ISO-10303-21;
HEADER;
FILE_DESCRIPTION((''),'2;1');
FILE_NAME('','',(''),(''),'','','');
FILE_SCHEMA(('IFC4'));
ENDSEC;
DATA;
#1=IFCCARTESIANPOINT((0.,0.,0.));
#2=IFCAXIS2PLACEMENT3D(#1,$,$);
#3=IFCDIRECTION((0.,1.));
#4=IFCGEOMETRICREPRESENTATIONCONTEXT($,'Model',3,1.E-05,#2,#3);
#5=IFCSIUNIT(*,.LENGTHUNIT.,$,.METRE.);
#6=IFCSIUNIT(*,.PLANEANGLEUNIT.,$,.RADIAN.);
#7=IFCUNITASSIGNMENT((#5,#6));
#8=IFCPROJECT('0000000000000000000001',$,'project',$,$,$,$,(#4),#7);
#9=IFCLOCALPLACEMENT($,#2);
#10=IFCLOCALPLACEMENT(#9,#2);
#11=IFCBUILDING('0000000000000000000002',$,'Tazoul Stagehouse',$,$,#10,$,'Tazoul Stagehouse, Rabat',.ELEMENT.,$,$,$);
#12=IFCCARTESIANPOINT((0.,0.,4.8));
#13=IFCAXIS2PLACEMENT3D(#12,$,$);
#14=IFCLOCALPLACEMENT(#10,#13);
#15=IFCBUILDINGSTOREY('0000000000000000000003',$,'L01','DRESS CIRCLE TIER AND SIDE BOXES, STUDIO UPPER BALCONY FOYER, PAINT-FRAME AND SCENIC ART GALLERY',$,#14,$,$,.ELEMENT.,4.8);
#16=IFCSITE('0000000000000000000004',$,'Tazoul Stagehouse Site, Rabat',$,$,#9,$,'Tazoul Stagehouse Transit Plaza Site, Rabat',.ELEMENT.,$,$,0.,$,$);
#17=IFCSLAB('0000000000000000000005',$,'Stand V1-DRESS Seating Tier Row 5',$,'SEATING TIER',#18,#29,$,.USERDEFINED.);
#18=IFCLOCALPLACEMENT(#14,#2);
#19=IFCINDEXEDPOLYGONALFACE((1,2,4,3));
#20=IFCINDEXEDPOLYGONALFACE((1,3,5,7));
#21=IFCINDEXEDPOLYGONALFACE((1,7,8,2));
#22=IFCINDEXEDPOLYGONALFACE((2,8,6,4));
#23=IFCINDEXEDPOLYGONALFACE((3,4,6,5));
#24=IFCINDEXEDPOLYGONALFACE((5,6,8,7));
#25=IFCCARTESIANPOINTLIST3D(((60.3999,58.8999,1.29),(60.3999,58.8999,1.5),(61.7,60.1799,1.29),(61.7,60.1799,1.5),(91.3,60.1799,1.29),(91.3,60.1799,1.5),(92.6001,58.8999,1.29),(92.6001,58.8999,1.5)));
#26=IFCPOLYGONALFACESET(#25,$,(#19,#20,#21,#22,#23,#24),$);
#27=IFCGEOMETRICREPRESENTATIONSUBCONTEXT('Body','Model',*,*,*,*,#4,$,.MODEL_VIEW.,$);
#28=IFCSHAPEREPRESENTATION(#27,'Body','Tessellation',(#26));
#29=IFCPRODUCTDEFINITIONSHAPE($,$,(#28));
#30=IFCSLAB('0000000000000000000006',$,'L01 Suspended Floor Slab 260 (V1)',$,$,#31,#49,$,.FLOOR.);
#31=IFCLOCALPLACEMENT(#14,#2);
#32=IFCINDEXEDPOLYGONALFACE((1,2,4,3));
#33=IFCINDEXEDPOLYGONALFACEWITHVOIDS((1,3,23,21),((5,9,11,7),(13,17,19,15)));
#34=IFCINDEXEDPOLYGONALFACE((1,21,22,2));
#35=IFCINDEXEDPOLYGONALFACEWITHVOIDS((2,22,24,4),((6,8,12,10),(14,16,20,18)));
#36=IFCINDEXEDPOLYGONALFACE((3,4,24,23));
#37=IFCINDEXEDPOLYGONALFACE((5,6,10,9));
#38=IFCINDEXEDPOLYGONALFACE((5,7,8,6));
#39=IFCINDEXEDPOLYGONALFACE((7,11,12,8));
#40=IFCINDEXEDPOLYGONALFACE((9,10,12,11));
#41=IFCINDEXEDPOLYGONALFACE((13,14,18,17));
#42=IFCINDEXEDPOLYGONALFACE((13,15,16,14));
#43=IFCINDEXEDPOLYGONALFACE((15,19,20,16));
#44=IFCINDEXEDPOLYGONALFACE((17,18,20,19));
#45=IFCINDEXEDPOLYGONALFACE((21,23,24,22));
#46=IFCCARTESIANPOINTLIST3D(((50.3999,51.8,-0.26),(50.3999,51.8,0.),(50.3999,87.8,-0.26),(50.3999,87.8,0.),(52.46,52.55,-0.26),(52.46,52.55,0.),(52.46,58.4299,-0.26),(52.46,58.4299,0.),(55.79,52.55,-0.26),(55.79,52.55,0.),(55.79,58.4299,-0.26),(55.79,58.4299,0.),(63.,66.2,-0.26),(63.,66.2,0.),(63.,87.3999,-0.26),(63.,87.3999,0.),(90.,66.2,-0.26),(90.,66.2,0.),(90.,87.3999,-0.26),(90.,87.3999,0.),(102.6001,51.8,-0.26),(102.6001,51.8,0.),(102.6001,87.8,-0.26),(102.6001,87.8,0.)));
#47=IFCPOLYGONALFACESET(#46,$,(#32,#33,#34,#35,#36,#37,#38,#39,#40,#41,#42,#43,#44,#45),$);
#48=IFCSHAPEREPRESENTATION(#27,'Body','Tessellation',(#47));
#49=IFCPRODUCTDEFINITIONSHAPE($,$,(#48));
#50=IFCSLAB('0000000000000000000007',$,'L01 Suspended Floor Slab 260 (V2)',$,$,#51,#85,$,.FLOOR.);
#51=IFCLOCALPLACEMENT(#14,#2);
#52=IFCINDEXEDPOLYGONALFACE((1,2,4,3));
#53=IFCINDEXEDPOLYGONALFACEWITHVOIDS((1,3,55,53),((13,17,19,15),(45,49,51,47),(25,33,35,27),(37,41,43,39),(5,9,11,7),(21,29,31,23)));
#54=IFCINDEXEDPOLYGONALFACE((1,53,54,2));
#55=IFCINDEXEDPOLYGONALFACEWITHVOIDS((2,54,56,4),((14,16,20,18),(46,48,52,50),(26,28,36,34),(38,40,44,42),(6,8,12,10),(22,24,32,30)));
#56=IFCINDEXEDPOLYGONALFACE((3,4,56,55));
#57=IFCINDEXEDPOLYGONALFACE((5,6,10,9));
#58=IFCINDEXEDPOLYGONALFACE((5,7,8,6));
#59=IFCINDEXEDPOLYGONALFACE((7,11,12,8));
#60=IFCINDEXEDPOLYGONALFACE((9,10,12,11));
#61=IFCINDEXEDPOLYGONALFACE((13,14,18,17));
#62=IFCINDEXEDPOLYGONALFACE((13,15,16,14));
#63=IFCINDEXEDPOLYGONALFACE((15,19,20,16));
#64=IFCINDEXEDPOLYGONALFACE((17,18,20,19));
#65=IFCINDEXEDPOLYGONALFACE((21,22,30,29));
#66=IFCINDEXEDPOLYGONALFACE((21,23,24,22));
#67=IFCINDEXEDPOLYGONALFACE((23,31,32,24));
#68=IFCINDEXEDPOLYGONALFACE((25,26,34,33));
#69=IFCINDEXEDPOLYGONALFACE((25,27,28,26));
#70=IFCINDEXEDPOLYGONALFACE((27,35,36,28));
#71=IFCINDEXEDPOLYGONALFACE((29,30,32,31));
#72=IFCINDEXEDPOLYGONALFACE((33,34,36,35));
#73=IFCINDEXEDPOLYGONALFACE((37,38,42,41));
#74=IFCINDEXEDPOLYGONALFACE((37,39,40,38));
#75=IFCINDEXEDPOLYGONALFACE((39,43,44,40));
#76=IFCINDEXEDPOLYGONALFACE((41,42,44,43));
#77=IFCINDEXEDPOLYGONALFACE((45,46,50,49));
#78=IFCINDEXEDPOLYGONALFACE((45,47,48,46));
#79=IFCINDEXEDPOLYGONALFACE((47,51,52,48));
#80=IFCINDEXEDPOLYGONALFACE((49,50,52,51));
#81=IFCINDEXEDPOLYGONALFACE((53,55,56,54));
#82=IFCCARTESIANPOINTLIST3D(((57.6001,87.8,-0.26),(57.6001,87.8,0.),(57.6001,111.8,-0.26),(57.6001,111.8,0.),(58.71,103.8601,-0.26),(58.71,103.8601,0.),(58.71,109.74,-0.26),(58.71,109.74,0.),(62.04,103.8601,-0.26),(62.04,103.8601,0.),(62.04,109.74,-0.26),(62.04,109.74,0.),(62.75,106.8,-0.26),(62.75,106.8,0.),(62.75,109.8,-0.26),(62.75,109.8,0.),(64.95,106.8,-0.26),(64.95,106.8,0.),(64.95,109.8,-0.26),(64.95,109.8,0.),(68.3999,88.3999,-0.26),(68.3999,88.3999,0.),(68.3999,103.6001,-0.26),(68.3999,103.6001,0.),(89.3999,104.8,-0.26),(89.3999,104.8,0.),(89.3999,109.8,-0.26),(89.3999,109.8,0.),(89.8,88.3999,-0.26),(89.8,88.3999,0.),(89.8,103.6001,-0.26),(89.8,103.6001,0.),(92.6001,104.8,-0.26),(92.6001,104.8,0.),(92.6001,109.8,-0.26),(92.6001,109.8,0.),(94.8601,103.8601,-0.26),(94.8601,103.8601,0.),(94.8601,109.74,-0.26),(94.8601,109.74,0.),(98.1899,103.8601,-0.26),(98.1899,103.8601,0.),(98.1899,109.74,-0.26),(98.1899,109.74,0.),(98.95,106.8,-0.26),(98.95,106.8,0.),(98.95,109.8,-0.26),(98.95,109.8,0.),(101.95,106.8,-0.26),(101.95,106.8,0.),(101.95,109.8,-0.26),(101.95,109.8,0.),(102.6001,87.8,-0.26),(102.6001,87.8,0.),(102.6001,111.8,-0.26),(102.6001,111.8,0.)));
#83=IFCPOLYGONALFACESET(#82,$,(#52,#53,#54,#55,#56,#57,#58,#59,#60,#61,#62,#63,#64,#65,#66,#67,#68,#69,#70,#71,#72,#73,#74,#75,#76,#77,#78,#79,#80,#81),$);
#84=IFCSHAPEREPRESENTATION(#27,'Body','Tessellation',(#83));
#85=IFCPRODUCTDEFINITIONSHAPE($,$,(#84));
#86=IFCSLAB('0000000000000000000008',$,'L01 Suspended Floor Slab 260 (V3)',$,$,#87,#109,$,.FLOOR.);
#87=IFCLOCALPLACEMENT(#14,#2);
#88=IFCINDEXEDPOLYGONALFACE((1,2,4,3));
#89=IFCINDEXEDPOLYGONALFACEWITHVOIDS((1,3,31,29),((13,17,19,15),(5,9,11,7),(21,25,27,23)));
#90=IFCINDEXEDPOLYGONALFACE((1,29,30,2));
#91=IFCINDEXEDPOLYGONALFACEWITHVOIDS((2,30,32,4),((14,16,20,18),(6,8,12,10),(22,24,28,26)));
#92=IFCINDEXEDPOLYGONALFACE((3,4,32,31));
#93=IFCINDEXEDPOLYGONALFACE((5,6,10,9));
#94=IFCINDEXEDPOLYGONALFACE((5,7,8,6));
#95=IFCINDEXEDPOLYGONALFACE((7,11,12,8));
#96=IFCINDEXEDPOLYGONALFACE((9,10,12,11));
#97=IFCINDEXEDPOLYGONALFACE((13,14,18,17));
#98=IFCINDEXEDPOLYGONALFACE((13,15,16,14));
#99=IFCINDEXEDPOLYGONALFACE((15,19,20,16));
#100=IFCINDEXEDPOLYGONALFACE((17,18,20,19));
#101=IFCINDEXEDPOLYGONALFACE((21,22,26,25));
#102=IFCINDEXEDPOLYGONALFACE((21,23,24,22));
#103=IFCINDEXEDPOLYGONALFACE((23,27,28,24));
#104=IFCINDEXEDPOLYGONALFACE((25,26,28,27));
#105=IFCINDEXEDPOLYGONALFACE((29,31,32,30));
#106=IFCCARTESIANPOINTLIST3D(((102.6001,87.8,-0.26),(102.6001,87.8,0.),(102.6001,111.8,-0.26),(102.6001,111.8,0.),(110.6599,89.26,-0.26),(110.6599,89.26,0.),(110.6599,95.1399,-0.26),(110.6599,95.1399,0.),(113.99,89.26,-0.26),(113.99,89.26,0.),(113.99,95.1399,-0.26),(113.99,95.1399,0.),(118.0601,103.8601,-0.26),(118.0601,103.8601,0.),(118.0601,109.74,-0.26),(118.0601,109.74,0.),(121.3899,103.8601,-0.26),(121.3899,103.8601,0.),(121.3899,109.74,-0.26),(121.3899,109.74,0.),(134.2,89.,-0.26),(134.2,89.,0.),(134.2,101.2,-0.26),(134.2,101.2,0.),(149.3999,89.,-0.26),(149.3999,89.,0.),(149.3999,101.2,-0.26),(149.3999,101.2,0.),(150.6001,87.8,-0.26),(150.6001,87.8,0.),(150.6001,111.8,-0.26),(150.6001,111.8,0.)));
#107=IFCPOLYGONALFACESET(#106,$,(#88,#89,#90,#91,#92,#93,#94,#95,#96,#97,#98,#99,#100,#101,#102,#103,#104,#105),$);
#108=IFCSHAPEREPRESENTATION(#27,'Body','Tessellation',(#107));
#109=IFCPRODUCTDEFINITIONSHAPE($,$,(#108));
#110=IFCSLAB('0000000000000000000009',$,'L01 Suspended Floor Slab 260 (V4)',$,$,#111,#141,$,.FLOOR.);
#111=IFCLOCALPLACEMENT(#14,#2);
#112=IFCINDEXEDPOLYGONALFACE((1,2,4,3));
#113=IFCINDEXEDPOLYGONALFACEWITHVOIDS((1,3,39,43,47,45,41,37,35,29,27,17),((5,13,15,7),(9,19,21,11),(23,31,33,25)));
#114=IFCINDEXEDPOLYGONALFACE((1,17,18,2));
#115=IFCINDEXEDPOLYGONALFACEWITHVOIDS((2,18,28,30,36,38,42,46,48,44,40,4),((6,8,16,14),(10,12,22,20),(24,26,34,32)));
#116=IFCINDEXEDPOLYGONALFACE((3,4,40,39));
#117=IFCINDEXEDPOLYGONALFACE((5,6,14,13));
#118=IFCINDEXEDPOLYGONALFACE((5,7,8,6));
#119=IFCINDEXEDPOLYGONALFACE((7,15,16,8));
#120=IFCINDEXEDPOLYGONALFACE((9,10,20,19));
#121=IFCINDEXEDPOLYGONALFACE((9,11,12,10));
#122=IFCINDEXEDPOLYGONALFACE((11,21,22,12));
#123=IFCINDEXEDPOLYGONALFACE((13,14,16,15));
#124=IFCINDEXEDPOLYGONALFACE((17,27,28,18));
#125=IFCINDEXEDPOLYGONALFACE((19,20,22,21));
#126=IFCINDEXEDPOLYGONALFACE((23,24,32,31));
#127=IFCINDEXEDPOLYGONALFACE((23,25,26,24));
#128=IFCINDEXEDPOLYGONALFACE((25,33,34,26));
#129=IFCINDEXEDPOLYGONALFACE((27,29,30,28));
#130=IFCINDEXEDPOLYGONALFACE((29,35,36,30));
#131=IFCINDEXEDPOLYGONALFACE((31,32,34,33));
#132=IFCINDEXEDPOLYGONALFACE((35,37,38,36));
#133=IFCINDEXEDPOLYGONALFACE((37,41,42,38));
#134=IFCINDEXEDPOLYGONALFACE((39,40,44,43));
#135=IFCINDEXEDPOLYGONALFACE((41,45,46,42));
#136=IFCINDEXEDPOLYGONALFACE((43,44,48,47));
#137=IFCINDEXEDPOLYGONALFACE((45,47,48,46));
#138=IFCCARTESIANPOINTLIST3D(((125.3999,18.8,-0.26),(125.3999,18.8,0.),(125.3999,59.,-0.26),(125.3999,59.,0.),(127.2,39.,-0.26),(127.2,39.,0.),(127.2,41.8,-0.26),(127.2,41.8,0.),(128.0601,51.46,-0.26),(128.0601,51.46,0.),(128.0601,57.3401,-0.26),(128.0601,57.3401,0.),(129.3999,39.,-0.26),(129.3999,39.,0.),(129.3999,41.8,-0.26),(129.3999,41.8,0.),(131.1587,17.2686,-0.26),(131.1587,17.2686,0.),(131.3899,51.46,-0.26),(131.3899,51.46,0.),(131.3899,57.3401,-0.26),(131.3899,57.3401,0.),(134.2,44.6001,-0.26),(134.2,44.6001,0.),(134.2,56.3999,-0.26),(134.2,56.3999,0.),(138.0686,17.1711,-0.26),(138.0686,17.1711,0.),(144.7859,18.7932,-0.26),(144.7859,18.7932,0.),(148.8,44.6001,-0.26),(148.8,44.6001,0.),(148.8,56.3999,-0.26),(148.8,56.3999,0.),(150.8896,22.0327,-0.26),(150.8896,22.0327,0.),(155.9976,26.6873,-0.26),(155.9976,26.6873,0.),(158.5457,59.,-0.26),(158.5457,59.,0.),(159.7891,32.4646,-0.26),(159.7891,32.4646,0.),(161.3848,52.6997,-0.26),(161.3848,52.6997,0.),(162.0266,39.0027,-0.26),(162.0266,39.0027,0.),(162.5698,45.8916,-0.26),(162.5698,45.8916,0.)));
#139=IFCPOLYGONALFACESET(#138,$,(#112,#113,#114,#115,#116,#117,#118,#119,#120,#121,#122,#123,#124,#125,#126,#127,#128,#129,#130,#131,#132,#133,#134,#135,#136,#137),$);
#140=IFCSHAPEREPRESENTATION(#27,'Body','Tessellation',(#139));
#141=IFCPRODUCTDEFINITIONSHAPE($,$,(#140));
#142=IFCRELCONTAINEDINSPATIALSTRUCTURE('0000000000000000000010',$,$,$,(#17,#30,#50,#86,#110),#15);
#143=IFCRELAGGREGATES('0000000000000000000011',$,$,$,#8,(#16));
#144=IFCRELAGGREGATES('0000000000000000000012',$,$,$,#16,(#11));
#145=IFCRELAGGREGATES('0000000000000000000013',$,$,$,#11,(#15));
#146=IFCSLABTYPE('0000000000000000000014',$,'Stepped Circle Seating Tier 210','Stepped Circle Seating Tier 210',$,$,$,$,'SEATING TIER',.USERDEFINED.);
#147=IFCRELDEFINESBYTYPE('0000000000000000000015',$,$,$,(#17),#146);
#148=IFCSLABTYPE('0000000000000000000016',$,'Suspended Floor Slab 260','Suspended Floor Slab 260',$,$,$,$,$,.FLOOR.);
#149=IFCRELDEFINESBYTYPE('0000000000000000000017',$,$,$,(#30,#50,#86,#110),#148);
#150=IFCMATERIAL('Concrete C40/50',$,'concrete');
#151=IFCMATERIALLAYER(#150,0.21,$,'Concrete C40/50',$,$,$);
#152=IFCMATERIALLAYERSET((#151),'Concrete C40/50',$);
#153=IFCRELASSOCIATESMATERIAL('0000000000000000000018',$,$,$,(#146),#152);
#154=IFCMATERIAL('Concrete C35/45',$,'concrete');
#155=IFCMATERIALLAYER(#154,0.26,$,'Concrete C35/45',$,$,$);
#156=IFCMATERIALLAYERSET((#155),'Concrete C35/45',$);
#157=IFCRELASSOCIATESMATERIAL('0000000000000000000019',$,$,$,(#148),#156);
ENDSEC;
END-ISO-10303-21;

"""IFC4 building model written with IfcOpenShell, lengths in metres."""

from ifc_helpers import new_model, si_unit, direction, frame, origin, place, context, subcontext, project, spatial, polyline, outline, extrude, material, layer, layer_set, type_object, element, save


model = new_model("IFC4")

# Units and contexts
model_context = context("Model", 3, precision=1e-05, world=origin(), true_north=direction((0.0, 1.0)))
body_context = subcontext(model_context, "Body", "Model", "MODEL_VIEW")
ifc_project = project(units=[si_unit("LENGTHUNIT", "METRE"), si_unit("PLANEANGLEUNIT", "RADIAN")], contexts=[model_context])

# Site, building, storey
site_placement = place(None, origin())
site = spatial("IfcSite", under=ifc_project, at=site_placement, Name="Tazoul Stagehouse Site, Rabat", LongName="Tazoul Stagehouse Transit Plaza Site, Rabat", CompositionType="ELEMENT", RefElevation=0.0)
building_placement = place(site_placement, origin())
building = spatial("IfcBuilding", under=site, at=building_placement, Name="Tazoul Stagehouse", LongName="Tazoul Stagehouse, Rabat", CompositionType="ELEMENT")
storey_placement = place(building_placement, frame((0.0, 0.0, 4.8)))
storey = spatial("IfcBuildingStorey", under=building, at=storey_placement, Name="L01", Description="DRESS CIRCLE TIER AND SIDE BOXES, STUDIO UPPER BALCONY FOYER, PAINT-FRAME AND SCENIC ART GALLERY", CompositionType="ELEMENT", Elevation=4.8)

# Shared definitions
ifc_material_1 = material(Name="Concrete C40/50", Category="concrete")

# Slabs
ifc_material_2 = material(Name="Concrete C35/45", Category="concrete")
ifc_layer_1 = layer(ifc_material_1, 0.21, Name="Concrete C40/50")
ifc_layer_set_1 = layer_set([ifc_layer_1], Name="Concrete C40/50")
slab_type_1 = type_object("IfcSlabType", Name="Stepped Circle Seating Tier 210", Description="Stepped Circle Seating Tier 210", ElementType="SEATING TIER", PredefinedType="USERDEFINED", material=ifc_layer_set_1)
slab_1_placement = place(storey_placement, frame((0.0, 0.0, 1.29)))
element("IfcSlab", 1, at=slab_1_placement, inside=storey, type_object=slab_type_1, Name="Stand V1-DRESS Seating Tier Row 5", ObjectType="SEATING TIER", PredefinedType="USERDEFINED", context=body_context, shape_type="SweptSolid", body=[
    extrude(outline(polyline([(60.3999, 58.8999), (92.6001, 58.8999), (91.3, 60.1799), (61.7, 60.1799), (60.3999, 58.8999)])), origin(), (0.0, 0.0, 1.0), 0.21),
])
ifc_layer_2 = layer(ifc_material_2, 0.26, Name="Concrete C35/45")
ifc_layer_set_2 = layer_set([ifc_layer_2], Name="Concrete C35/45")
slab_type_2 = type_object("IfcSlabType", Name="Suspended Floor Slab 260", Description="Suspended Floor Slab 260", PredefinedType="FLOOR", material=ifc_layer_set_2)
slab_2_placement = place(storey_placement, frame((0.0, 0.0, -0.26)))
element("IfcSlab", 2, at=slab_2_placement, inside=storey, type_object=slab_type_2, Name="L01 Suspended Floor Slab 260 (V1)", PredefinedType="FLOOR", context=body_context, shape_type="SweptSolid", body=[
    extrude(outline(polyline([(50.3999, 51.8), (50.3999, 87.8), (102.6001, 87.8), (102.6001, 51.8), (50.3999, 51.8)]), holes=[polyline([(55.79, 52.55), (52.46, 52.55), (52.46, 58.4299), (55.79, 58.4299), (55.79, 52.55)]), polyline([(63.0, 87.3999), (90.0, 87.3999), (90.0, 66.2), (63.0, 66.2), (63.0, 87.3999)])]), origin(), (0.0, 0.0, 1.0), 0.26),
])
slab_3_placement = place(storey_placement, frame((0.0, 0.0, -0.26)))
element("IfcSlab", 3, at=slab_3_placement, inside=storey, type_object=slab_type_2, Name="L01 Suspended Floor Slab 260 (V2)", PredefinedType="FLOOR", context=body_context, shape_type="SweptSolid", body=[
    extrude(outline(polyline([(57.6001, 87.8), (57.6001, 111.8), (102.6001, 111.8), (102.6001, 87.8), (57.6001, 87.8)]), holes=[polyline([(68.3999, 103.6001), (89.8, 103.6001), (89.8, 88.3999), (68.3999, 88.3999), (68.3999, 103.6001)]), polyline([(58.71, 109.74), (62.04, 109.74), (62.04, 103.8601), (58.71, 103.8601), (58.71, 109.74)]), polyline([(62.75, 109.8), (64.95, 109.8), (64.95, 106.8), (62.75, 106.8), (62.75, 109.8)]), polyline([(94.8601, 109.74), (98.1899, 109.74), (98.1899, 103.8601), (94.8601, 103.8601), (94.8601, 109.74)]), polyline([(89.3999, 109.8), (92.6001, 109.8), (92.6001, 104.8), (89.3999, 104.8), (89.3999, 109.8)]), polyline([(98.95, 109.8), (101.95, 109.8), (101.95, 106.8), (98.95, 106.8), (98.95, 109.8)])]), origin(), (0.0, 0.0, 1.0), 0.26),
])
slab_4_placement = place(storey_placement, frame((0.0, 0.0, -0.26)))
element("IfcSlab", 4, at=slab_4_placement, inside=storey, type_object=slab_type_2, Name="L01 Suspended Floor Slab 260 (V3)", PredefinedType="FLOOR", context=body_context, shape_type="SweptSolid", body=[
    extrude(outline(polyline([(102.6001, 87.8), (102.6001, 111.8), (150.6001, 111.8), (150.6001, 87.8), (102.6001, 87.8)]), holes=[polyline([(113.99, 95.1399), (113.99, 89.26), (110.6599, 89.26), (110.6599, 95.1399), (113.99, 95.1399)]), polyline([(149.3999, 101.2), (149.3999, 89.0), (134.2, 89.0), (134.2, 101.2), (149.3999, 101.2)]), polyline([(118.0601, 103.8601), (118.0601, 109.74), (121.3899, 109.74), (121.3899, 103.8601), (118.0601, 103.8601)])]), origin(), (0.0, 0.0, 1.0), 0.26),
])
slab_5_placement = place(storey_placement, frame((0.0, 0.0, -0.26)))
element("IfcSlab", 5, at=slab_5_placement, inside=storey, type_object=slab_type_2, Name="L01 Suspended Floor Slab 260 (V4)", PredefinedType="FLOOR", context=body_context, shape_type="SweptSolid", body=[
    extrude(outline(polyline([(125.3999, 18.8), (125.3999, 59.0), (158.5457, 59.0), (161.3848, 52.6997), (162.5698, 45.8916), (162.0266, 39.0027), (159.7891, 32.4646), (155.9976, 26.6873), (150.8896, 22.0327), (144.7859, 18.7932), (138.0686, 17.1711), (131.1587, 17.2686), (125.3999, 18.8)]), holes=[polyline([(127.2, 41.8), (129.3999, 41.8), (129.3999, 39.0), (127.2, 39.0), (127.2, 41.8)]), polyline([(148.8, 56.3999), (148.8, 44.6001), (134.2, 44.6001), (134.2, 56.3999), (148.8, 56.3999)]), polyline([(128.0601, 57.3401), (131.3899, 57.3401), (131.3899, 51.46), (128.0601, 51.46), (128.0601, 57.3401)])]), origin(), (0.0, 0.0, 1.0), 0.26),
])

save(model, "model.ifc")
